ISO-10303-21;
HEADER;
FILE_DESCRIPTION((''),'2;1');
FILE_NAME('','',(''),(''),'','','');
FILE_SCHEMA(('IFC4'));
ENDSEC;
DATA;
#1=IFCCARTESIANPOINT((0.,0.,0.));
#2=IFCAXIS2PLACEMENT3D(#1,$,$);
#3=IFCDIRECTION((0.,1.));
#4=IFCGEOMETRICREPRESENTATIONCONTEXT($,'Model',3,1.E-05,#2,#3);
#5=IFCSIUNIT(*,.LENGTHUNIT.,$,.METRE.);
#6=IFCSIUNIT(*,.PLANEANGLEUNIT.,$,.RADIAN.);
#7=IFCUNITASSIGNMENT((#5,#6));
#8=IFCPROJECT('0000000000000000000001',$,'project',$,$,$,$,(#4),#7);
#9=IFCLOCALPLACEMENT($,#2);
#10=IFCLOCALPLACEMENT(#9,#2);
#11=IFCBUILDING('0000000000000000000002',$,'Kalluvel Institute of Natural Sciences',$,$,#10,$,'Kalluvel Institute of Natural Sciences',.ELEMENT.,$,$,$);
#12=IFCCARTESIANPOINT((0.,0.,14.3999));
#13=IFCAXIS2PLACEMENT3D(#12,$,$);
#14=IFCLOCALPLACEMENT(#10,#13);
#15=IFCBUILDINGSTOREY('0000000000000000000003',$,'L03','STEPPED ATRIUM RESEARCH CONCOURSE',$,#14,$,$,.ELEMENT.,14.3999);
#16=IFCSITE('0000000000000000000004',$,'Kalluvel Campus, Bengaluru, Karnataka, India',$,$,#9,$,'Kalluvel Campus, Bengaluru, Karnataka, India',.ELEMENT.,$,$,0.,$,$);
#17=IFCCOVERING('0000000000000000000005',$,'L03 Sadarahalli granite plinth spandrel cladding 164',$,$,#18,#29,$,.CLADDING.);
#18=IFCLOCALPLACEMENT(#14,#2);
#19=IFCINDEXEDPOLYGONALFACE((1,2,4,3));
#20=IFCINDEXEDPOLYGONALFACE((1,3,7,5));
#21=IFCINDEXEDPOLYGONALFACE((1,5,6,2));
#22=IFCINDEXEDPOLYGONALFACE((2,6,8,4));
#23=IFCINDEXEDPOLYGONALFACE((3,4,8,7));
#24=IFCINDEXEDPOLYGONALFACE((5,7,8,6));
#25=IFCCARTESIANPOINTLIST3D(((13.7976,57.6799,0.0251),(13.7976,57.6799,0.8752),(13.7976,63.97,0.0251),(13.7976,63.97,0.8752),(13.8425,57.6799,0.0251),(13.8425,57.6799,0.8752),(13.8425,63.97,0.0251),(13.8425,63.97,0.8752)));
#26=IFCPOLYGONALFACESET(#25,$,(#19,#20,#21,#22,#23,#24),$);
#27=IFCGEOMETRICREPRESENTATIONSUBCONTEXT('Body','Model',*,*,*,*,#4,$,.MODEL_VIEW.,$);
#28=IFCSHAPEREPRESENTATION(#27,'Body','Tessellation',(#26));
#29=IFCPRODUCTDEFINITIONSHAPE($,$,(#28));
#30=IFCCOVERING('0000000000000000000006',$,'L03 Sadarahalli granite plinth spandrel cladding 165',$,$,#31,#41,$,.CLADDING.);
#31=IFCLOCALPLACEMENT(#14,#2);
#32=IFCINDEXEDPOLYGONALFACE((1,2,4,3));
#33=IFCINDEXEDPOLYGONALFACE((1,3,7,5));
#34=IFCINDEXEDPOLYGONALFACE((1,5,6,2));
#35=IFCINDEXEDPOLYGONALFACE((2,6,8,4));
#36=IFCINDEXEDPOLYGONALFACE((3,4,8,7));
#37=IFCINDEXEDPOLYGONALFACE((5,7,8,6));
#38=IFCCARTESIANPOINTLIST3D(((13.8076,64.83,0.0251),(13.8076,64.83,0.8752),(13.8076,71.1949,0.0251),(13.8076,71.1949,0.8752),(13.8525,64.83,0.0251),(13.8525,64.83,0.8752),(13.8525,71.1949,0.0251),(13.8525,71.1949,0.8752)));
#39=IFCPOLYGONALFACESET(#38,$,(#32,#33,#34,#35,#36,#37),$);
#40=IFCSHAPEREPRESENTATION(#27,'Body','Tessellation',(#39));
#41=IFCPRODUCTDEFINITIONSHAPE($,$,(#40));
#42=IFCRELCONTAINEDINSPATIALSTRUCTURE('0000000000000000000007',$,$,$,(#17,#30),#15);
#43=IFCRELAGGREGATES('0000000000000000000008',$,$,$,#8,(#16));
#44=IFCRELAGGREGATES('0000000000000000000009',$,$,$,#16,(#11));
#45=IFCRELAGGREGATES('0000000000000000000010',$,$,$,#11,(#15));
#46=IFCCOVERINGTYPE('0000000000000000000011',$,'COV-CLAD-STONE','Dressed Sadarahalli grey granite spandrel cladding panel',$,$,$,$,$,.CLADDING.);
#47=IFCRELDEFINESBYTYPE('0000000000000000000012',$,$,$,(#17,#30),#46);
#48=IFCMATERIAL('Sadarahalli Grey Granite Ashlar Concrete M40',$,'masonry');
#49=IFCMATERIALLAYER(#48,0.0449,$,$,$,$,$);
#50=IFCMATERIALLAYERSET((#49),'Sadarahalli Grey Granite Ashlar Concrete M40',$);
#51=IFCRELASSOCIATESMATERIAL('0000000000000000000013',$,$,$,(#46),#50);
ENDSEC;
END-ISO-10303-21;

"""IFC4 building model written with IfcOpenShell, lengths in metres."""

from ifc_helpers import new_model, si_unit, direction, frame, origin, origin_2d, place, context, subcontext, project, spatial, rectangle, extrude, material, layer, layer_set, type_object, element, save


model = new_model("IFC4")

# Units and contexts
model_context = context("Model", 3, precision=1e-05, world=origin(), true_north=direction((0.0, 1.0)))
body_context = subcontext(model_context, "Body", "Model", "MODEL_VIEW")
ifc_project = project(units=[si_unit("LENGTHUNIT", "METRE"), si_unit("PLANEANGLEUNIT", "RADIAN")], contexts=[model_context])

# Site, building, storey
site_placement = place(None, origin())
site = spatial("IfcSite", under=ifc_project, at=site_placement, Name="Kalluvel Campus, Bengaluru, Karnataka, India", LongName="Kalluvel Campus, Bengaluru, Karnataka, India", CompositionType="ELEMENT", RefElevation=0.0)
building_placement = place(site_placement, origin())
building = spatial("IfcBuilding", under=site, at=building_placement, Name="Kalluvel Institute of Natural Sciences", LongName="Kalluvel Institute of Natural Sciences", CompositionType="ELEMENT")
storey_placement = place(building_placement, frame((0.0, 0.0, 14.3999)))
storey = spatial("IfcBuildingStorey", under=building, at=storey_placement, Name="L03", Description="STEPPED ATRIUM RESEARCH CONCOURSE", CompositionType="ELEMENT", Elevation=14.3999)

# Shared definitions
ifc_material_1 = material(Name="Sadarahalli Grey Granite Ashlar Concrete M40", Category="masonry")

# Coverings
ifc_layer_1 = layer(ifc_material_1, 0.0449)
ifc_layer_set_1 = layer_set([ifc_layer_1], Name="Sadarahalli Grey Granite Ashlar Concrete M40")
covering_type = type_object("IfcCoveringType", Name="COV-CLAD-STONE", Description="Dressed Sadarahalli grey granite spandrel cladding panel", PredefinedType="CLADDING", material=ifc_layer_set_1)
covering_1_placement = place(storey_placement, frame((13.8201, 60.825, 0.0251), z_axis=(0.0, 0.0, 1.0), x_axis=(0.0, 1.0, 0.0)))
element("IfcCovering", 1, at=covering_1_placement, inside=storey, type_object=covering_type, Name="L03 Sadarahalli granite plinth spandrel cladding 164", PredefinedType="CLADDING", context=body_context, shape_type="SweptSolid", body=[
    extrude(rectangle(XDim=6.29, YDim=0.0449, at=origin_2d()), origin(), (0.0, 0.0, 1.0), 0.8501),
])
covering_2_placement = place(storey_placement, frame((13.8301, 68.0125, 0.0251), z_axis=(0.0, 0.0, 1.0), x_axis=(0.0, 1.0, 0.0)))
element("IfcCovering", 2, at=covering_2_placement, inside=storey, type_object=covering_type, Name="L03 Sadarahalli granite plinth spandrel cladding 165", PredefinedType="CLADDING", context=body_context, shape_type="SweptSolid", body=[
    extrude(rectangle(XDim=6.365, YDim=0.0449, at=origin_2d()), origin(), (0.0, 0.0, 1.0), 0.8501),
])

save(model, "model.ifc")
